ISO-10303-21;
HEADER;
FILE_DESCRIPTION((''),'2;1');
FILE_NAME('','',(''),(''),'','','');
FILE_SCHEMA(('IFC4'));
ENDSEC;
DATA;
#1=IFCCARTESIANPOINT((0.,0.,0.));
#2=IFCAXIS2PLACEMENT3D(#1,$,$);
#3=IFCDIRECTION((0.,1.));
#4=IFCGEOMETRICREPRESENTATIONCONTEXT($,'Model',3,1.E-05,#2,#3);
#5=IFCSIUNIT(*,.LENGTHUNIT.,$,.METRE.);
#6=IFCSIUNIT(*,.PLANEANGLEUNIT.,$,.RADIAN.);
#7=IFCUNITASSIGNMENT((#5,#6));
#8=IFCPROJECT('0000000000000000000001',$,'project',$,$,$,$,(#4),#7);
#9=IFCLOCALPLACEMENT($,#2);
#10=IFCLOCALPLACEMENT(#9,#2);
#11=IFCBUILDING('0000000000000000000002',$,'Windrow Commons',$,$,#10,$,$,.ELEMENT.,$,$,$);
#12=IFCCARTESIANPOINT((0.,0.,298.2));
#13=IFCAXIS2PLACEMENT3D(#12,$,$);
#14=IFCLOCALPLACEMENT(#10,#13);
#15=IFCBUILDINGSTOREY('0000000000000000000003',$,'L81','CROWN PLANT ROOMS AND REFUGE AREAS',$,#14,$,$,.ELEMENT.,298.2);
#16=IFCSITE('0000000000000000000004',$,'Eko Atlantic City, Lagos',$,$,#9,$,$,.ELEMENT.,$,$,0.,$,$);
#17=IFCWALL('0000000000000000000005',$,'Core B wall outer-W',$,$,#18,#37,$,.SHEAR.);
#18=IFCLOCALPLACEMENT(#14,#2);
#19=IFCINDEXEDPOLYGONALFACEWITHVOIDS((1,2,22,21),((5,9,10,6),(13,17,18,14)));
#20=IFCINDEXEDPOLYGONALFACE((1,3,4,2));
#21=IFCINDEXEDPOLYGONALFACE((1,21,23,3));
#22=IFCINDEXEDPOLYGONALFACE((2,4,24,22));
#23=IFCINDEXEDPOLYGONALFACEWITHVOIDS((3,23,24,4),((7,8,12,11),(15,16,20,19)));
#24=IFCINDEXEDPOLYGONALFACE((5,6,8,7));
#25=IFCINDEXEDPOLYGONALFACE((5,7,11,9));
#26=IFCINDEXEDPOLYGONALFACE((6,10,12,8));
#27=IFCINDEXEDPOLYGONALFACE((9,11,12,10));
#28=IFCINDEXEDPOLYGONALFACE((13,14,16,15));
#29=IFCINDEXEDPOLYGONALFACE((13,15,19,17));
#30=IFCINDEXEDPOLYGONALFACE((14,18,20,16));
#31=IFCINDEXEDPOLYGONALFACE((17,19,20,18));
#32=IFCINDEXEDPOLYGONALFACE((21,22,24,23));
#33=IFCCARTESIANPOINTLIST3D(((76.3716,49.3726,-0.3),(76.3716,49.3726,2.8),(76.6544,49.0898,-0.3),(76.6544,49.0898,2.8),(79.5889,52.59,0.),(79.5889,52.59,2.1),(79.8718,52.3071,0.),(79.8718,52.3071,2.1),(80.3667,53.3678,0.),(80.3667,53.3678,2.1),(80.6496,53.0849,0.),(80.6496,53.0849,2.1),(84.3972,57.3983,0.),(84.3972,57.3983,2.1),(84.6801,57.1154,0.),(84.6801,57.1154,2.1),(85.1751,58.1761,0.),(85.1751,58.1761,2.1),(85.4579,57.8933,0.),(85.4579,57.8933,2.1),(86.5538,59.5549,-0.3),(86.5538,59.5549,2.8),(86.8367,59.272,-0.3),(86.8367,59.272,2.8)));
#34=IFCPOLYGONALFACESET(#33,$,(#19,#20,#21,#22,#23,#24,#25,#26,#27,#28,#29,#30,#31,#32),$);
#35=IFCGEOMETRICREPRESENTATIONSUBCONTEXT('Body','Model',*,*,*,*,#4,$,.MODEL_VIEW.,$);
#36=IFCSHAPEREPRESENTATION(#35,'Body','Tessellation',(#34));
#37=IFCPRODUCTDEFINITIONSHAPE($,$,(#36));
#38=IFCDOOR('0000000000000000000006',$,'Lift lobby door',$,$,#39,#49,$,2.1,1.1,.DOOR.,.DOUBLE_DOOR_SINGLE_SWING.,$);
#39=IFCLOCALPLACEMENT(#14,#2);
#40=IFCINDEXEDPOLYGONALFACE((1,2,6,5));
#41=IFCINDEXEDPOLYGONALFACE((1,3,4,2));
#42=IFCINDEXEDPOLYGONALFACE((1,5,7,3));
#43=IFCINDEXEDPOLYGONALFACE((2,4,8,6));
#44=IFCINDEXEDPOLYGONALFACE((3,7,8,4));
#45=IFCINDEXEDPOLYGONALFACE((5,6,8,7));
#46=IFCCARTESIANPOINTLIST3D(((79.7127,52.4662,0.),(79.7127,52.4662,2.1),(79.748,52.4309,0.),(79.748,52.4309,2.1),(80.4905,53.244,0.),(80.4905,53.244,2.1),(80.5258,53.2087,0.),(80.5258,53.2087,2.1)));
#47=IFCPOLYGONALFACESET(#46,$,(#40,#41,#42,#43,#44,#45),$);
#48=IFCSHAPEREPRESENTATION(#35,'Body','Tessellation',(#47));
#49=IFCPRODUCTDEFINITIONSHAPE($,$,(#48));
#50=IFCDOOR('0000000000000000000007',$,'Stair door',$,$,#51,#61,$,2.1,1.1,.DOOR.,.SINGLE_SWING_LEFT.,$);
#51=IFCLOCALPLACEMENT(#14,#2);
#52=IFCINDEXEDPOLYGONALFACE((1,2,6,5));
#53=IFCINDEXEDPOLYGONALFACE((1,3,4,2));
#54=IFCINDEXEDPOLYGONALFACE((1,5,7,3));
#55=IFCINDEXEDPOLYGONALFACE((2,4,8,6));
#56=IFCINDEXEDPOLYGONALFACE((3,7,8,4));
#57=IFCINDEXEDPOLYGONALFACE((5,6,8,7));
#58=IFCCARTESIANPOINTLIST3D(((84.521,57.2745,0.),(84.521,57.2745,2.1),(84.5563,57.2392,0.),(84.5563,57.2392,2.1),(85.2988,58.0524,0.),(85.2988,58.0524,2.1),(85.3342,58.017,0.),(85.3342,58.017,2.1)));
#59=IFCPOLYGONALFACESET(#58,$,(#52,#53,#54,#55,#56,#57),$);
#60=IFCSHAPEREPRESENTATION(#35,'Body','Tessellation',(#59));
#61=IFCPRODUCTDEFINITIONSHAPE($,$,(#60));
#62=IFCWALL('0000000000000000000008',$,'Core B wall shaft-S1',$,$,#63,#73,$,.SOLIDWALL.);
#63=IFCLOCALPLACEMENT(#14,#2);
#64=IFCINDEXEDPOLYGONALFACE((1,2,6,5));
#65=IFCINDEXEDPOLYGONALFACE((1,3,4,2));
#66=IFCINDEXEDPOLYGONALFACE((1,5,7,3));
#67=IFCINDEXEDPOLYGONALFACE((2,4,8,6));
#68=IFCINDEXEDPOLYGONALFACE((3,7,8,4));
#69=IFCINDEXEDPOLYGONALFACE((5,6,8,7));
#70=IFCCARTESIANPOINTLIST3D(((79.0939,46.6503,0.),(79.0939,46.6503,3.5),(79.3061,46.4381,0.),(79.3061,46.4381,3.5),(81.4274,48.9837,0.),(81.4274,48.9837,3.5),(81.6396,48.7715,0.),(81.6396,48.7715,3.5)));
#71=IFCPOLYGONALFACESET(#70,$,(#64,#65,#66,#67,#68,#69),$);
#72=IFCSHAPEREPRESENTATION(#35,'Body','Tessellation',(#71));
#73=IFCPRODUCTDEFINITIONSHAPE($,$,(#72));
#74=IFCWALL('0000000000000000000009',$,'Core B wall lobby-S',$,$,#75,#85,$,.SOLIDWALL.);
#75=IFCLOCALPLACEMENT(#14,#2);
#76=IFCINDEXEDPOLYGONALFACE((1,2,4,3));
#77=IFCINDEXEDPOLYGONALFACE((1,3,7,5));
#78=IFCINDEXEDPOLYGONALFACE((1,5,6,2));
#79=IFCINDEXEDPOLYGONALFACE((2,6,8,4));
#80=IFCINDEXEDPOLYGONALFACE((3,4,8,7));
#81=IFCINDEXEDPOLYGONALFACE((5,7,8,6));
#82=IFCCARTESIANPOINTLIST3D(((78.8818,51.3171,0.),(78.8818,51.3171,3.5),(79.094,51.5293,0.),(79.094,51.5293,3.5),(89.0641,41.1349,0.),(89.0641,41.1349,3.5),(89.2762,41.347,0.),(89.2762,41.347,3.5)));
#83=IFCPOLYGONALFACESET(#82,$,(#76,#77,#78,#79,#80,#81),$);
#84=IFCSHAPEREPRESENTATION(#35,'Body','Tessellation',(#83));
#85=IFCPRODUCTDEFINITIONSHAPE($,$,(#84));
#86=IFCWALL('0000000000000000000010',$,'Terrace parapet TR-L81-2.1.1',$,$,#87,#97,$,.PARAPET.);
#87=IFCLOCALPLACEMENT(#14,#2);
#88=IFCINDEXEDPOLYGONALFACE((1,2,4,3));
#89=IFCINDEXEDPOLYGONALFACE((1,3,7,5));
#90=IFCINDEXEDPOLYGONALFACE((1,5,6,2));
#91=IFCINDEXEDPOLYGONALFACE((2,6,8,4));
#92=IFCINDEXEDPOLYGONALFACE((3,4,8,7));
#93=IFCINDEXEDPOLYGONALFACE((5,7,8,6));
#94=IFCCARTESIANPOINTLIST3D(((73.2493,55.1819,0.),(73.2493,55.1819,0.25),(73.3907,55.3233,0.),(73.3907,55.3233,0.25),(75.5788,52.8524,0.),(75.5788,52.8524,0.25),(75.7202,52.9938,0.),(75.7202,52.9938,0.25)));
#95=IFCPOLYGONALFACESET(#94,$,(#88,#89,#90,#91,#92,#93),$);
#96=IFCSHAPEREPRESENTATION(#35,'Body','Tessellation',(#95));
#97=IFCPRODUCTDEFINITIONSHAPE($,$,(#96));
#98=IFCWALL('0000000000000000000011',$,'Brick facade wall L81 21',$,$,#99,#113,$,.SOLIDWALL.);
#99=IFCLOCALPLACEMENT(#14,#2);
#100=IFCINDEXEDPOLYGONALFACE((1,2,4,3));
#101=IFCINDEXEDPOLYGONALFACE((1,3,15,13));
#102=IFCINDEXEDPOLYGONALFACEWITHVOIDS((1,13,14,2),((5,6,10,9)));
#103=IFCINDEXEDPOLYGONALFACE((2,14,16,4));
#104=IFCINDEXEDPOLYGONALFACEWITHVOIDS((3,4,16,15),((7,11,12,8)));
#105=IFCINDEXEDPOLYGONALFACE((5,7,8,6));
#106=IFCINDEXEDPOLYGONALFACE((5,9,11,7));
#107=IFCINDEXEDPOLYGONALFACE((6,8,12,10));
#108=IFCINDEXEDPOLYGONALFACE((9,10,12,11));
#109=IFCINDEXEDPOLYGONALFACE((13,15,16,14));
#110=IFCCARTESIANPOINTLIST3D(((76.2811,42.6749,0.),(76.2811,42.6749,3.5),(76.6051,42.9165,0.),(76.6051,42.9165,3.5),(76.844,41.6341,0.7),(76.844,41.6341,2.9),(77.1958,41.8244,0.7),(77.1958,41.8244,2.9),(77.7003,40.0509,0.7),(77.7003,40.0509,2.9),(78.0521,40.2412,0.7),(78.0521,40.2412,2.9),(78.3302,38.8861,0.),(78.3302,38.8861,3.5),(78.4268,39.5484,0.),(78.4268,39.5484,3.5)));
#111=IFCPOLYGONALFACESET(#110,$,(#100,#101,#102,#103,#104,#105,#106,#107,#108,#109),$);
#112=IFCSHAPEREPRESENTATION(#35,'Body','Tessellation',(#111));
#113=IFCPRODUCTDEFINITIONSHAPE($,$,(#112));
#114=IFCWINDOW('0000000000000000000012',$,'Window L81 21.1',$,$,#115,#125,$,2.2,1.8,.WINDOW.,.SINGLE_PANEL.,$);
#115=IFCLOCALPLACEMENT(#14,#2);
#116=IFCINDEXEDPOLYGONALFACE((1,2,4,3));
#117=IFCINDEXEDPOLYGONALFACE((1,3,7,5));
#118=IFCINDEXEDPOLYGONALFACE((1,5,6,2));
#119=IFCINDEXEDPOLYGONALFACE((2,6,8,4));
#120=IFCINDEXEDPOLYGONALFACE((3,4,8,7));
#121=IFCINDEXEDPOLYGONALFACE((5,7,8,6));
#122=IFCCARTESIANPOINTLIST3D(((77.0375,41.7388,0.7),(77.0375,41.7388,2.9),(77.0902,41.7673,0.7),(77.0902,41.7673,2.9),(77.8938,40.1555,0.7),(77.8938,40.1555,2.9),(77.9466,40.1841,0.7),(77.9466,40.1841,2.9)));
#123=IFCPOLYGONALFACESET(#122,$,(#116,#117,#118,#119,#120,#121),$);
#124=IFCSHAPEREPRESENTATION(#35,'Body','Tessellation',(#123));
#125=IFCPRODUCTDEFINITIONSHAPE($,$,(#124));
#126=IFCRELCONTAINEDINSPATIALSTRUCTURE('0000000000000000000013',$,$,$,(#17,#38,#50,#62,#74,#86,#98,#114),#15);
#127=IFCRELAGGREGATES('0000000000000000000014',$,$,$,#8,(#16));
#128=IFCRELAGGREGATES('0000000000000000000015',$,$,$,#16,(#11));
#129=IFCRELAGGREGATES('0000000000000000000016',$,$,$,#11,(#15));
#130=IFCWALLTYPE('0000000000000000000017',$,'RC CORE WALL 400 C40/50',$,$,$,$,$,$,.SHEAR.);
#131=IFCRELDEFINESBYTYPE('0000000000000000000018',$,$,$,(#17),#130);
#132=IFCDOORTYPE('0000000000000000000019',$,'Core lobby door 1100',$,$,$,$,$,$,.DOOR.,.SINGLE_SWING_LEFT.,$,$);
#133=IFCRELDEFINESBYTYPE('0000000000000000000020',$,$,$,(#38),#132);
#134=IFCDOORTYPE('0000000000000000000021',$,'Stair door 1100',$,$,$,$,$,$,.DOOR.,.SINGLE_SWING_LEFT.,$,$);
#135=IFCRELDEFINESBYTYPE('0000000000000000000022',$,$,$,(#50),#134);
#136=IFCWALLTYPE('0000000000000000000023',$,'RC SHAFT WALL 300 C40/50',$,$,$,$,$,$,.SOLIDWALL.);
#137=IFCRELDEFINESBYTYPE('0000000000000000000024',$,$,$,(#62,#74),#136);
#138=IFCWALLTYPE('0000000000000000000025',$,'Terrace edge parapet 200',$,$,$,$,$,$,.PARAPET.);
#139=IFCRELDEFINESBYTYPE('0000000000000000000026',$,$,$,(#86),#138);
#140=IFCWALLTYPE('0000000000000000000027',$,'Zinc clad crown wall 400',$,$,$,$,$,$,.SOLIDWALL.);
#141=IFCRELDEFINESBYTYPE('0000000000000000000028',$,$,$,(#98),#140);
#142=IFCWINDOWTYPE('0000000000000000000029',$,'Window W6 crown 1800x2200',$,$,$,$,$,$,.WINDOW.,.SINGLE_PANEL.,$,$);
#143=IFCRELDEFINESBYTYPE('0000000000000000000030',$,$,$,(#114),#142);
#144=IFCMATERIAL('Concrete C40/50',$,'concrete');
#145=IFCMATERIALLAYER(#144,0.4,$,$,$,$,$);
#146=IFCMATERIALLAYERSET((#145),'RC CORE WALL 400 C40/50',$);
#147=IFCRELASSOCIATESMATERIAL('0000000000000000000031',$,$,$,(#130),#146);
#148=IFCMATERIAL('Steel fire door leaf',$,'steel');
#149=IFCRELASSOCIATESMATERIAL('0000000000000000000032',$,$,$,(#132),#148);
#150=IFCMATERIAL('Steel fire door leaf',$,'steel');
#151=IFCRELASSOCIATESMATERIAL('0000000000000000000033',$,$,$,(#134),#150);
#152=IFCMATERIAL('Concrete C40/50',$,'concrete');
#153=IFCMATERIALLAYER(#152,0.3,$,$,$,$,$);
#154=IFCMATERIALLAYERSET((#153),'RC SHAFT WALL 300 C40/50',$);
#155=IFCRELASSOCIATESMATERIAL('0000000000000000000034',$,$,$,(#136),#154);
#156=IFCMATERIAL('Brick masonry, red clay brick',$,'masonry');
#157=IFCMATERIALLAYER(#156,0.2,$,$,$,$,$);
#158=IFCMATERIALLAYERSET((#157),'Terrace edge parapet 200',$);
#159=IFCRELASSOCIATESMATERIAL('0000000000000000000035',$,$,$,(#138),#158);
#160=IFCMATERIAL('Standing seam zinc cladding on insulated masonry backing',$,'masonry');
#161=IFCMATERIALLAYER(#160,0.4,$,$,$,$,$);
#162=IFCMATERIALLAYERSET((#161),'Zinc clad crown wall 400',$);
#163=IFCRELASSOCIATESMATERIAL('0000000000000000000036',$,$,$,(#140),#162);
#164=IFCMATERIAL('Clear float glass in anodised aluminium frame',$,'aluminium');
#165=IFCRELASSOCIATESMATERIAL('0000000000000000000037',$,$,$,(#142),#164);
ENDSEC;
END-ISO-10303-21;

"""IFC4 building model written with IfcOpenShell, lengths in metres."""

from ifc_helpers import new_model, si_unit, direction, frame, frame_2d, origin, place, context, subcontext, project, spatial, polyline, rectangle, outline, extrude, material, layer, layer_set, type_object, element, fill, save


model = new_model("IFC4")

# Units and contexts
model_context = context("Model", 3, precision=1e-05, world=origin(), true_north=direction((0.0, 1.0)))
body_context = subcontext(model_context, "Body", "Model", "MODEL_VIEW")
ifc_project = project(units=[si_unit("LENGTHUNIT", "METRE"), si_unit("PLANEANGLEUNIT", "RADIAN")], contexts=[model_context])

# Site, building, storey
site_placement = place(None, origin())
site = spatial("IfcSite", under=ifc_project, at=site_placement, Name="Eko Atlantic City, Lagos", CompositionType="ELEMENT", RefElevation=0.0)
building_placement = place(site_placement, origin())
building = spatial("IfcBuilding", under=site, at=building_placement, Name="Windrow Commons", CompositionType="ELEMENT")
storey_placement = place(building_placement, frame((0.0, 0.0, 298.2)))
storey = spatial("IfcBuildingStorey", under=building, at=storey_placement, Name="L81", Description="CROWN PLANT ROOMS AND REFUGE AREAS", CompositionType="ELEMENT", Elevation=298.2)

# Shared definitions
ifc_material_1 = material(Name="Concrete C40/50", Category="concrete")
ifc_layer_1 = layer(ifc_material_1, 0.4)
ifc_layer_set_1 = layer_set([ifc_layer_1], Name="RC CORE WALL 400 C40/50")
wall_type_1 = type_object("IfcWallType", Name="RC CORE WALL 400 C40/50", PredefinedType="SHEAR", material=ifc_layer_set_1)

# Wall, openings, doors
wall_1_placement = place(storey_placement, frame((76.513, 49.2312, -0.3), z_axis=(0.0, 0.0, 1.0), x_axis=(0.707107, 0.707107, 0.0)))
wall_1 = element("IfcWall", 1, at=wall_1_placement, inside=storey, type_object=wall_type_1, Name="Core B wall outer-W", PredefinedType="SHEAR", context=body_context, shape_type="SweptSolid", body=[
    extrude(outline(polyline([(0.0, 0.0), (14.3999, 0.0), (14.3999, 3.1), (0.0, 3.1), (0.0, 0.0)])), frame((0.0, 0.2, 0.0), z_axis=(0.0, -1.0, 0.0), x_axis=(1.0, 0.0, 0.0)), (0.0, 0.0, 1.0), 0.4),
])
opening_1_placement = place(wall_1_placement, frame((4.55, 0.0, 0.3)))
opening_1 = element("IfcOpeningElement", 2, at=opening_1_placement, cuts=wall_1, PredefinedType="OPENING", context=body_context, shape_type="SweptSolid", body=[
    extrude(rectangle(XDim=1.1, YDim=2.1, at=frame_2d((0.55, 1.05))), frame((0.0, 0.21, 0.0), z_axis=(0.0, -1.0, 0.0), x_axis=(1.0, 0.0, 0.0)), (0.0, 0.0, 1.0), 0.42),
])
opening_2_placement = place(wall_1_placement, frame((11.35, 0.0, 0.3)))
opening_2 = element("IfcOpeningElement", 3, at=opening_2_placement, cuts=wall_1, PredefinedType="OPENING", context=body_context, shape_type="SweptSolid", body=[
    extrude(rectangle(XDim=1.1, YDim=2.1, at=frame_2d((0.55, 1.05))), frame((0.0, 0.21, 0.0), z_axis=(0.0, -1.0, 0.0), x_axis=(1.0, 0.0, 0.0)), (0.0, 0.0, 1.0), 0.42),
])
ifc_material_2 = material(Name="Steel fire door leaf", Category="steel")
door_type_1 = type_object("IfcDoorType", Name="Core lobby door 1100", OperationType="SINGLE_SWING_LEFT", PredefinedType="DOOR", material=ifc_material_2)
door_1_placement = place(opening_1_placement, origin())
door_1 = element("IfcDoor", 4, at=door_1_placement, inside=storey, type_object=door_type_1, Name="Lift lobby door", OperationType="DOUBLE_DOOR_SINGLE_SWING", OverallHeight=2.1, OverallWidth=1.1, PredefinedType="DOOR", context=body_context, shape_type="SweptSolid", body=[
    extrude(rectangle(XDim=1.1, YDim=2.1, at=frame_2d((0.55, 1.05))), frame((0.0, 0.025, 0.0), z_axis=(0.0, -1.0, 0.0), x_axis=(1.0, 0.0, 0.0)), (0.0, 0.0, 1.0), 0.05),
])
fill(opening_1, door_1)
ifc_material_3 = material(Name="Steel fire door leaf", Category="steel")
door_type_2 = type_object("IfcDoorType", Name="Stair door 1100", OperationType="SINGLE_SWING_LEFT", PredefinedType="DOOR", material=ifc_material_3)
door_2_placement = place(opening_2_placement, origin())
door_2 = element("IfcDoor", 5, at=door_2_placement, inside=storey, type_object=door_type_2, Name="Stair door", OperationType="SINGLE_SWING_LEFT", OverallHeight=2.1, OverallWidth=1.1, PredefinedType="DOOR", context=body_context, shape_type="SweptSolid", body=[
    extrude(rectangle(XDim=1.1, YDim=2.1, at=frame_2d((0.55, 1.05))), frame((0.0, 0.025, 0.0), z_axis=(0.0, -1.0, 0.0), x_axis=(1.0, 0.0, 0.0)), (0.0, 0.0, 1.0), 0.05),
])
fill(opening_2, door_2)

# Walls
ifc_material_4 = material(Name="Concrete C40/50", Category="concrete")
ifc_layer_2 = layer(ifc_material_4, 0.3)
ifc_layer_set_2 = layer_set([ifc_layer_2], Name="RC SHAFT WALL 300 C40/50")
wall_type_2 = type_object("IfcWallType", Name="RC SHAFT WALL 300 C40/50", PredefinedType="SOLIDWALL", material=ifc_layer_set_2)
wall_2_placement = place(storey_placement, frame((79.2, 46.5442, 0.0), z_axis=(0.0, 0.0, 1.0), x_axis=(0.707122, 0.707092, 0.0)))
element("IfcWall", 6, at=wall_2_placement, inside=storey, type_object=wall_type_2, Name="Core B wall shaft-S1", PredefinedType="SOLIDWALL", context=body_context, shape_type="SweptSolid", body=[
    extrude(outline(polyline([(0.0, 0.0), (3.3, 0.0), (3.3, 3.5), (0.0, 3.5), (0.0, 0.0)])), frame((0.0, 0.15, 0.0), z_axis=(0.0, -1.0, 0.0), x_axis=(1.0, 0.0, 0.0)), (0.0, 0.0, 1.0), 0.3),
])
wall_3_placement = place(storey_placement, frame((78.9879, 51.4232, 0.0), z_axis=(0.0, 0.0, 1.0), x_axis=(0.707107, -0.707107, 0.0)))
element("IfcWall", 7, at=wall_3_placement, inside=storey, type_object=wall_type_2, Name="Core B wall lobby-S", PredefinedType="SOLIDWALL", context=body_context, shape_type="SweptSolid", body=[
    extrude(outline(polyline([(0.0, 0.0), (14.3999, 0.0), (14.3999, 3.5), (0.0, 3.5), (0.0, 0.0)])), frame((0.0, 0.15, 0.0), z_axis=(0.0, -1.0, 0.0), x_axis=(1.0, 0.0, 0.0)), (0.0, 0.0, 1.0), 0.3),
])
ifc_material_5 = material(Name="Brick masonry, red clay brick", Category="masonry")
ifc_layer_3 = layer(ifc_material_5, 0.2)
ifc_layer_set_3 = layer_set([ifc_layer_3], Name="Terrace edge parapet 200")
wall_type_3 = type_object("IfcWallType", Name="Terrace edge parapet 200", PredefinedType="PARAPET", material=ifc_layer_set_3)
wall_4_placement = place(storey_placement, frame((75.6495, 52.9231, 0.0), z_axis=(0.0, 0.0, 1.0), x_axis=(-0.707107, 0.707107, 0.0)))
element("IfcWall", 8, at=wall_4_placement, inside=storey, type_object=wall_type_3, Name="Terrace parapet TR-L81-2.1.1", PredefinedType="PARAPET", context=body_context, shape_type="SweptSolid", body=[
    extrude(outline(polyline([(0.0, -0.1), (3.2944, -0.1), (3.2944, 0.1), (0.0, 0.1), (0.0, -0.1)])), origin(), (0.0, 0.0, 1.0), 0.25),
])

# Wall, opening, window
ifc_material_6 = material(Name="Standing seam zinc cladding on insulated masonry backing", Category="masonry")
ifc_layer_4 = layer(ifc_material_6, 0.4)
ifc_layer_set_4 = layer_set([ifc_layer_4], Name="Zinc clad crown wall 400")
wall_type_4 = type_object("IfcWallType", Name="Zinc clad crown wall 400", PredefinedType="SOLIDWALL", material=ifc_layer_set_4)
wall_5_placement = place(storey_placement, frame((76.4431, 42.7957, 0.0), z_axis=(0.0, 0.0, 1.0), x_axis=(0.475732, -0.87959, 0.0)))
wall_5 = element("IfcWall", 9, at=wall_5_placement, inside=storey, type_object=wall_type_4, Name="Brick facade wall L81 21", PredefinedType="SOLIDWALL", context=body_context, shape_type="SweptSolid", body=[
    extrude(outline(polyline([(0.0292, -0.2), (4.3366, -0.2), (3.8, 0.2), (-0.0292, 0.2), (0.0292, -0.2)])), origin(), (0.0, 0.0, 1.0), 3.5),
])
opening_3_placement = place(wall_5_placement, frame((1.2124, 0.0, 0.7)))
opening_3 = element("IfcOpeningElement", 10, at=opening_3_placement, cuts=wall_5, PredefinedType="OPENING", context=body_context, shape_type="SweptSolid", body=[
    extrude(rectangle(XDim=1.8, YDim=2.2, at=frame_2d((0.9, 1.1))), frame((0.0, 0.21, 0.0), z_axis=(0.0, -1.0, 0.0), x_axis=(1.0, 0.0, 0.0)), (0.0, 0.0, 1.0), 0.42),
])
ifc_material_7 = material(Name="Clear float glass in anodised aluminium frame", Category="aluminium")
window_type = type_object("IfcWindowType", Name="Window W6 crown 1800x2200", PartitioningType="SINGLE_PANEL", PredefinedType="WINDOW", material=ifc_material_7)
window_1_placement = place(opening_3_placement, origin())
window_1 = element("IfcWindow", 11, at=window_1_placement, inside=storey, type_object=window_type, Name="Window L81 21.1", OverallHeight=2.2, OverallWidth=1.8, PartitioningType="SINGLE_PANEL", PredefinedType="WINDOW", context=body_context, shape_type="SweptSolid", body=[
    extrude(rectangle(XDim=1.8, YDim=2.2, at=frame_2d((0.9, 1.1))), frame((0.0, 0.08, 0.0), z_axis=(0.0, -1.0, 0.0), x_axis=(1.0, 0.0, 0.0)), (0.0, 0.0, 1.0), 0.06),
])
fill(opening_3, window_1)

save(model, "model.ifc")
